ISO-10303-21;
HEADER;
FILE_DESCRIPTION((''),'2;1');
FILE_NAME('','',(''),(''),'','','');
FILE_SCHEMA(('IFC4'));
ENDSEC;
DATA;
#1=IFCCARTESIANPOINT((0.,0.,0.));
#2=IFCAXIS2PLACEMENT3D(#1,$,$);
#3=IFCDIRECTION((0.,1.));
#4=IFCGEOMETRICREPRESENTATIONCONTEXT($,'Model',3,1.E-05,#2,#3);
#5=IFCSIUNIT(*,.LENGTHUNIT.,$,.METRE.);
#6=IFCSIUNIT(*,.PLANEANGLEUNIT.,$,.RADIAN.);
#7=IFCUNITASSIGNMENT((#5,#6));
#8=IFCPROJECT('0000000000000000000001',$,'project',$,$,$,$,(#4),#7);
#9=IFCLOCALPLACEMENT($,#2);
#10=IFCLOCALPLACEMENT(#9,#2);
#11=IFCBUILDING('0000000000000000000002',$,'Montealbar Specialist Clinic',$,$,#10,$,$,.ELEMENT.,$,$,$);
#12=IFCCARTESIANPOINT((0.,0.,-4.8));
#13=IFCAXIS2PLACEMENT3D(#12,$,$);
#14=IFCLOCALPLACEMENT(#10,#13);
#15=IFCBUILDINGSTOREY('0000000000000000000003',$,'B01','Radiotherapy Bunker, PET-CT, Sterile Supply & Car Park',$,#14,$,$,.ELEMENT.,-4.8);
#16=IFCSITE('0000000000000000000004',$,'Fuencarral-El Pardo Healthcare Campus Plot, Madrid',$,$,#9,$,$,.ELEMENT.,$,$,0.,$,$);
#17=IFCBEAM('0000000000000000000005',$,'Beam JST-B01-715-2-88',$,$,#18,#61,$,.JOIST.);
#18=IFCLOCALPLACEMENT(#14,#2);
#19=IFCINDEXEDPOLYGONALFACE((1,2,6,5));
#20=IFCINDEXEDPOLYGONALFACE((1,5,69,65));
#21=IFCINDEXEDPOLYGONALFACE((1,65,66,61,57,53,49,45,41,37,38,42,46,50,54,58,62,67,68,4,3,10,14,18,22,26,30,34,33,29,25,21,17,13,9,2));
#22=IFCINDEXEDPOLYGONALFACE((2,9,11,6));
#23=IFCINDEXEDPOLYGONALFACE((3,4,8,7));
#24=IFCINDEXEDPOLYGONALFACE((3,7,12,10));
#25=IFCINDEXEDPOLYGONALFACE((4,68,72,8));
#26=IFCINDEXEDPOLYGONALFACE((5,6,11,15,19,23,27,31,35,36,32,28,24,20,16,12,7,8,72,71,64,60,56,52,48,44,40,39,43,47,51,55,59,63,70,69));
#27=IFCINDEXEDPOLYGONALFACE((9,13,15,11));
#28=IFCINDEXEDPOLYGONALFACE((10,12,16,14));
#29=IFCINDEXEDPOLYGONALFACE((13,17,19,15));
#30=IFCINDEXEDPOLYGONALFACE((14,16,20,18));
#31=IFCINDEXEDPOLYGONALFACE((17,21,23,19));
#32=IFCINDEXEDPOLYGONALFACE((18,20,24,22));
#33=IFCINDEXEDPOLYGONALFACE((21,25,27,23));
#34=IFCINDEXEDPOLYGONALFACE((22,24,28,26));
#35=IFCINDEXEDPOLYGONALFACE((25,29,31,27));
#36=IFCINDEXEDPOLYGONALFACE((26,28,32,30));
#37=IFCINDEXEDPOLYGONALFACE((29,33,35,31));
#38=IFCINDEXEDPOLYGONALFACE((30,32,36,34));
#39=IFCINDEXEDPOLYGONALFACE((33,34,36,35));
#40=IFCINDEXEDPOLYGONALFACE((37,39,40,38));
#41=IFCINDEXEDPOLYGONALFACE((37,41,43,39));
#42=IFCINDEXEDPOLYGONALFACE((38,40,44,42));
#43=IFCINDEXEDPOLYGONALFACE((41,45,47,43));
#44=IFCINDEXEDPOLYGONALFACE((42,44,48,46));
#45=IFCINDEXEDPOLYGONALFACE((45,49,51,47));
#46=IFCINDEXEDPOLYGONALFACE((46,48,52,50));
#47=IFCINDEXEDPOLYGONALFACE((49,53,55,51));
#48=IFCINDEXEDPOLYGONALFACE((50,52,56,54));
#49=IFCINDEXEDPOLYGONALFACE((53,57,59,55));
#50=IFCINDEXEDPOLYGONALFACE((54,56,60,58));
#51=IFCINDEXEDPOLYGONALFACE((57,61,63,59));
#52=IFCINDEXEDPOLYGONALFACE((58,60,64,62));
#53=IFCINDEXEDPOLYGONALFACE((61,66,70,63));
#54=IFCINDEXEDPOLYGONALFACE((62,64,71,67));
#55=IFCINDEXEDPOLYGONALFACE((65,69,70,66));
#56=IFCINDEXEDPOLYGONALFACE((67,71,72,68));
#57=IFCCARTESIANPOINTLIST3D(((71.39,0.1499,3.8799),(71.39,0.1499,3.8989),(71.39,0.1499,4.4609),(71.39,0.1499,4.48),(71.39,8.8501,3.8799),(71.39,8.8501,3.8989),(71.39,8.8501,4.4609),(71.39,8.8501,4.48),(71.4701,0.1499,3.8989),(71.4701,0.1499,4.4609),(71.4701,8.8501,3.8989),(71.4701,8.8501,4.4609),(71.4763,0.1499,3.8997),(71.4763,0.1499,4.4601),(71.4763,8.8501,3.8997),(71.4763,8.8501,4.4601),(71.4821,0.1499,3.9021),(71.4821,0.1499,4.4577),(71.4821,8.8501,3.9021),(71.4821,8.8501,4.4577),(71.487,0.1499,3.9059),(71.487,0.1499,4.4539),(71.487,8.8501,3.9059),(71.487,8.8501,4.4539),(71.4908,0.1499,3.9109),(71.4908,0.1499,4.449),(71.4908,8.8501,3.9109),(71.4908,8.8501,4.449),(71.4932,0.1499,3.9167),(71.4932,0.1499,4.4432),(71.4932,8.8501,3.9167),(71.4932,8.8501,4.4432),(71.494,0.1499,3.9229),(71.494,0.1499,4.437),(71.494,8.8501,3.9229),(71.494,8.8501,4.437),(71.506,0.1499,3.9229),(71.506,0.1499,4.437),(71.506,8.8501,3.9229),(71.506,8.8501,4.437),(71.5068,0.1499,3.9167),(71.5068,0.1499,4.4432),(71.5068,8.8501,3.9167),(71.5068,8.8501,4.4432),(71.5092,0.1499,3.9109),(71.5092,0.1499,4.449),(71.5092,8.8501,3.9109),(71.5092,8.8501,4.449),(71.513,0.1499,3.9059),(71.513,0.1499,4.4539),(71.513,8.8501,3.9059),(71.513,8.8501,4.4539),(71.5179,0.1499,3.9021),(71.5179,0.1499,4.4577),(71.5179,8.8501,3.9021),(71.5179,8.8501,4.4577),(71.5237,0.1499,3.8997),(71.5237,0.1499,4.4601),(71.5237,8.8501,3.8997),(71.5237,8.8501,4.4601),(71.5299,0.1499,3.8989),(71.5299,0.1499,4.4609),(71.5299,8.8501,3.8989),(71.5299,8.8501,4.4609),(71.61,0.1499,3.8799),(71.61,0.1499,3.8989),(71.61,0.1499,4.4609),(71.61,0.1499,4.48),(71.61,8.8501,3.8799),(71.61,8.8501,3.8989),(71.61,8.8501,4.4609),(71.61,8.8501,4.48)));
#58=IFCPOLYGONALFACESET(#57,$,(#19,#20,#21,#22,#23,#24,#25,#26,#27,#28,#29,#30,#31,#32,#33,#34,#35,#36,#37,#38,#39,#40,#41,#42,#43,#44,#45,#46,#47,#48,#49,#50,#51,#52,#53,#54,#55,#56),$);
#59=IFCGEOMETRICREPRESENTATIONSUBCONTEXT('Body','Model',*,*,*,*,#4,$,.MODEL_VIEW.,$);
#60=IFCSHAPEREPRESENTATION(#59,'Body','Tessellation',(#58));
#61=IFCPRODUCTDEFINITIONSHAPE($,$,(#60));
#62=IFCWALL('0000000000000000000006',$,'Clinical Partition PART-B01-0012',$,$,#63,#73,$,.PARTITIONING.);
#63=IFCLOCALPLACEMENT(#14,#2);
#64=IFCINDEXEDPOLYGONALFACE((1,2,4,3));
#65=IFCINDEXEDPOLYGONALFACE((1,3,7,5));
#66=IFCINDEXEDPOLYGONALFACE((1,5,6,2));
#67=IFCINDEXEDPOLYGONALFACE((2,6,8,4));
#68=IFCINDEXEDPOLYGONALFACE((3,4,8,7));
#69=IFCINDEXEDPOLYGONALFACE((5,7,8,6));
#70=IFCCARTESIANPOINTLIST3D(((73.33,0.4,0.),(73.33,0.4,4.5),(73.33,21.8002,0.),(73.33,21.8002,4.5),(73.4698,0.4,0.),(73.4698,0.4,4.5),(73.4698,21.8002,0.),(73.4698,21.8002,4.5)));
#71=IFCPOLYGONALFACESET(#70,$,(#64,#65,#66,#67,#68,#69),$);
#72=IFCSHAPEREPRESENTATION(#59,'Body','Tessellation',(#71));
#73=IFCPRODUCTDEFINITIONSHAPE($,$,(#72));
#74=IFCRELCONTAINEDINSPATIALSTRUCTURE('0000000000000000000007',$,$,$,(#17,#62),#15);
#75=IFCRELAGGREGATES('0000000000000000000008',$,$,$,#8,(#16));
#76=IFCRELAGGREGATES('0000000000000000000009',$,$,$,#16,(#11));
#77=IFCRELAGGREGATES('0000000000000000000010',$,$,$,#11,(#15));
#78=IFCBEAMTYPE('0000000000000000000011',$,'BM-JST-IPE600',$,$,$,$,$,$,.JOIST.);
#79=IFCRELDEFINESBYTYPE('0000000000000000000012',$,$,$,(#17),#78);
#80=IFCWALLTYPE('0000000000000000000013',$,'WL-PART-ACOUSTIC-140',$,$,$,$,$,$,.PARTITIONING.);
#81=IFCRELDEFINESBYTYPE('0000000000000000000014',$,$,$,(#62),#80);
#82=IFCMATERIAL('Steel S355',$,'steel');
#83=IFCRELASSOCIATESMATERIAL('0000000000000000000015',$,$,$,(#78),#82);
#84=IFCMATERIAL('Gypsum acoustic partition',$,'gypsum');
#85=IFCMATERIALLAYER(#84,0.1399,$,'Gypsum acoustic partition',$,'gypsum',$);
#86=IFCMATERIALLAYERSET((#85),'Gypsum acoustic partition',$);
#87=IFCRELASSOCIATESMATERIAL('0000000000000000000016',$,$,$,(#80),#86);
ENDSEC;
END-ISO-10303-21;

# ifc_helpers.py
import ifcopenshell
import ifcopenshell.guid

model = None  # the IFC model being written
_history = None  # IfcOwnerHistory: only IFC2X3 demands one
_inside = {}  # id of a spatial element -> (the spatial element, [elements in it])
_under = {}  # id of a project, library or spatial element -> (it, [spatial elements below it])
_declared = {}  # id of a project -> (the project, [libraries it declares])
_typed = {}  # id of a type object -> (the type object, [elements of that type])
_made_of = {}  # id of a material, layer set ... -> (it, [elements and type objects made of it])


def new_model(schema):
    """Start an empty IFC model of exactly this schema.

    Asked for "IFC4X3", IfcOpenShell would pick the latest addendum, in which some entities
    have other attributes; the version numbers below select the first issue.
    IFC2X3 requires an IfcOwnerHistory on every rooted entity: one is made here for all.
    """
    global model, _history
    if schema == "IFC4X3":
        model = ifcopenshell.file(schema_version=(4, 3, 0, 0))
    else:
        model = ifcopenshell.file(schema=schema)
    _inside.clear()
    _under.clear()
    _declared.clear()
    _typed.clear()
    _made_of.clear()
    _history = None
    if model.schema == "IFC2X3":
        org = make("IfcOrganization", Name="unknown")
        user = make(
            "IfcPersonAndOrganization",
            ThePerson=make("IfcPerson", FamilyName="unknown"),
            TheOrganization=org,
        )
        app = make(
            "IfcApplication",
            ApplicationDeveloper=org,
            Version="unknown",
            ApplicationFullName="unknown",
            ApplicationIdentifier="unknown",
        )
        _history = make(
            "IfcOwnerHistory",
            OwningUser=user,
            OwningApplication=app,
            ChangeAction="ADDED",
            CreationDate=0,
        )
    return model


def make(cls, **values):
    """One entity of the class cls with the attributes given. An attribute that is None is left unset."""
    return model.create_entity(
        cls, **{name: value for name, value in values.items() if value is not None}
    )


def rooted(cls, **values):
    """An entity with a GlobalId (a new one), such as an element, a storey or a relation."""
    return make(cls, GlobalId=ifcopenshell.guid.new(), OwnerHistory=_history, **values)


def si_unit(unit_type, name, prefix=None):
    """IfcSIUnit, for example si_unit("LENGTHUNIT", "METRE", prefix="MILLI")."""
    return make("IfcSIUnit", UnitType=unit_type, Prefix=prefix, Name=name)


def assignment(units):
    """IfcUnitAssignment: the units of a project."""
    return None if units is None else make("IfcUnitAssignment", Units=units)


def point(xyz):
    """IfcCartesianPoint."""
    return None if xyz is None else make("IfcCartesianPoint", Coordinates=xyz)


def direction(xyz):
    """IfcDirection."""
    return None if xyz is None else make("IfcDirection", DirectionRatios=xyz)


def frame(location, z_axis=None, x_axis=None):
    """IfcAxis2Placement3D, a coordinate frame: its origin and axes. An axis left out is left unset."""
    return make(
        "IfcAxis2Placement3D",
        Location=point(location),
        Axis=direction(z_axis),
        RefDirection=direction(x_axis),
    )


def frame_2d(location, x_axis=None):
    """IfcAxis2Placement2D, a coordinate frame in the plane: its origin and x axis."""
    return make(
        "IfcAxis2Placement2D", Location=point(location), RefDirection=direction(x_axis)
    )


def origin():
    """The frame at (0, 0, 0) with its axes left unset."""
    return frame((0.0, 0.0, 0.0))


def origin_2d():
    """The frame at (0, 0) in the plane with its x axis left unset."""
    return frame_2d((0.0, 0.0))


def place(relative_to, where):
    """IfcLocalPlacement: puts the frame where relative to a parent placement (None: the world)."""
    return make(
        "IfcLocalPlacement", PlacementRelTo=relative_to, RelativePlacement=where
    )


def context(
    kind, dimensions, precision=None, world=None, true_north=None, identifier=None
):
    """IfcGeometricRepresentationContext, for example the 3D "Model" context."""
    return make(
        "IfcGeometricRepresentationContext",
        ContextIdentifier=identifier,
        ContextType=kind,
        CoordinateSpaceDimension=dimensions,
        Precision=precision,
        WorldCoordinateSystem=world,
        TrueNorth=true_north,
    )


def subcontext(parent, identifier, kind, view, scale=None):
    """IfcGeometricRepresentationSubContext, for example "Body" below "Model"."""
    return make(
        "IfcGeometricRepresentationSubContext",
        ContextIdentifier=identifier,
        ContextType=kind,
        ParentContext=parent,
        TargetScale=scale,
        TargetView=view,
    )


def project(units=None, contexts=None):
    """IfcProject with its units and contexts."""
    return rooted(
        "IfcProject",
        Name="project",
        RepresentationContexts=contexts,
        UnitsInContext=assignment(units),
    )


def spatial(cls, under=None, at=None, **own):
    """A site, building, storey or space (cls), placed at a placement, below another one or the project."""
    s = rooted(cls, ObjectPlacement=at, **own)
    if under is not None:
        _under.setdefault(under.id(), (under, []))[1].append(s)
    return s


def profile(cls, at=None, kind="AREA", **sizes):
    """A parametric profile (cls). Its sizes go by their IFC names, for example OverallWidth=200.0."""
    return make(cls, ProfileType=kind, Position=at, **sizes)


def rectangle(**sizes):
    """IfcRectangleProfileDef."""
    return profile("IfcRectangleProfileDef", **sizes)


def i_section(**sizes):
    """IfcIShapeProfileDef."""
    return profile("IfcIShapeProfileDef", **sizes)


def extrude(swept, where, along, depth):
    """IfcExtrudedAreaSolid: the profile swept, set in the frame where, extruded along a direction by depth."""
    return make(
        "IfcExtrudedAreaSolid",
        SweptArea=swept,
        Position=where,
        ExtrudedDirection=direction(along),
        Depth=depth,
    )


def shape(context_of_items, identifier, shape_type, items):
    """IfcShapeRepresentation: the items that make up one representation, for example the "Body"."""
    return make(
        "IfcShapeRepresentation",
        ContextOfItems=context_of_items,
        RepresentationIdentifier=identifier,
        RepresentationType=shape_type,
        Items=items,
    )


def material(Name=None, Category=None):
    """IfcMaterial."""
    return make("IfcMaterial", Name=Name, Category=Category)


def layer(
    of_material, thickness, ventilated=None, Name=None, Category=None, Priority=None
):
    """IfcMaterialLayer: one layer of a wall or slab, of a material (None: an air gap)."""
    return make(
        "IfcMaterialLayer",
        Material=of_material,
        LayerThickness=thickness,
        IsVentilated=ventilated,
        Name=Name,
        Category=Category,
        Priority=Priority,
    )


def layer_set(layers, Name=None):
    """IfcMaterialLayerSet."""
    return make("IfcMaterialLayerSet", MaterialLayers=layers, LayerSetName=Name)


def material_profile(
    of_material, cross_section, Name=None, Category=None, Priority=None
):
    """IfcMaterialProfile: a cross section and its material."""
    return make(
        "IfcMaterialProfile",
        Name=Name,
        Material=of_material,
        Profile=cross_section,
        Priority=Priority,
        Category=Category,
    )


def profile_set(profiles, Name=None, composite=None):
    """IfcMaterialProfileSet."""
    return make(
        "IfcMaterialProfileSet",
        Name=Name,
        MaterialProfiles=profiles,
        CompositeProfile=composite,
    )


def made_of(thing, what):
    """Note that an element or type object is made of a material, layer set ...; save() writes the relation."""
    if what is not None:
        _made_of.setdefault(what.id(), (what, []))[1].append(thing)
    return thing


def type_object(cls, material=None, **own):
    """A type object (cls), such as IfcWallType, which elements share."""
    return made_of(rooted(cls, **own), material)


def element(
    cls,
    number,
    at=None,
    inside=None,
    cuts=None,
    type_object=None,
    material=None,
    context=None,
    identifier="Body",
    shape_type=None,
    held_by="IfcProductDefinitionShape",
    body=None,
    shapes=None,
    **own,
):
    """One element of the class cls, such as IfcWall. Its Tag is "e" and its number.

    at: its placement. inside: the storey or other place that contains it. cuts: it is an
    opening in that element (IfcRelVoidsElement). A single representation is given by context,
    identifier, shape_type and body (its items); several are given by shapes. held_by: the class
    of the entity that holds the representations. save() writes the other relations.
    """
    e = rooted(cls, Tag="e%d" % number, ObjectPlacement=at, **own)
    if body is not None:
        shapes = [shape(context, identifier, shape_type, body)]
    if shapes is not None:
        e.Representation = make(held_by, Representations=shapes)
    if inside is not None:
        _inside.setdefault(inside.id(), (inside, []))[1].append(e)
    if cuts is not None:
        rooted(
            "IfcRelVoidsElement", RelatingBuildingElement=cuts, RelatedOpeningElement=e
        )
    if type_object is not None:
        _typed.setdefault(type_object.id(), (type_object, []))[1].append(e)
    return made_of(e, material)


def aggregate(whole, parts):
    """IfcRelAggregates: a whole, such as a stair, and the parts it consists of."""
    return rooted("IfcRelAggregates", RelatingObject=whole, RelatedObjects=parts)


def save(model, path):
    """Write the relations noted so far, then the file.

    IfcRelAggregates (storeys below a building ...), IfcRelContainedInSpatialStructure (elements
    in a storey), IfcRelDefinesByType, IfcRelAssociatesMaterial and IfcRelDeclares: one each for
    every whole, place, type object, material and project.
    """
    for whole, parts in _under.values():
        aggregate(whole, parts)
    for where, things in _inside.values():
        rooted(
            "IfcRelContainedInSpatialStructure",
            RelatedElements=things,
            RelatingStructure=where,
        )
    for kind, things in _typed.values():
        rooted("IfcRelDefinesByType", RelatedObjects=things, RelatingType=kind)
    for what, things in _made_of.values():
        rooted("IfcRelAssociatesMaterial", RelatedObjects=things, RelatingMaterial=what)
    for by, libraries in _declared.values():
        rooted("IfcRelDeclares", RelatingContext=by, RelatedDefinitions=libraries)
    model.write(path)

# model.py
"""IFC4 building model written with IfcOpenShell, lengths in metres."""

from ifc_helpers import new_model, si_unit, direction, frame, frame_2d, origin, origin_2d, place, context, subcontext, project, spatial, rectangle, i_section, extrude, material, layer, layer_set, material_profile, profile_set, type_object, element, save


model = new_model("IFC4")

# Units and contexts
model_context = context("Model", 3, precision=1e-05, world=origin(), true_north=direction((0.0, 1.0)))
body_context = subcontext(model_context, "Body", "Model", "MODEL_VIEW")
ifc_project = project(units=[si_unit("LENGTHUNIT", "METRE"), si_unit("PLANEANGLEUNIT", "RADIAN")], contexts=[model_context])

# Site, building, storey
site_placement = place(None, origin())
site = spatial("IfcSite", under=ifc_project, at=site_placement, Name="Fuencarral-El Pardo Healthcare Campus Plot, Madrid", CompositionType="ELEMENT", RefElevation=0.0)
building_placement = place(site_placement, origin())
building = spatial("IfcBuilding", under=site, at=building_placement, Name="Montealbar Specialist Clinic", CompositionType="ELEMENT")
storey_placement = place(building_placement, frame((0.0, 0.0, -4.8)))
storey = spatial("IfcBuildingStorey", under=building, at=storey_placement, Name="B01", Description="Radiotherapy Bunker, PET-CT, Sterile Supply & Car Park", CompositionType="ELEMENT", Elevation=-4.8)

# Shared definitions
ifc_material_1 = material(Name="Steel S355", Category="steel")

# Beam
ifc_material_profile_1 = material_profile(ifc_material_1, i_section(OverallWidth=0.22, OverallDepth=0.6001, WebThickness=0.012, FlangeThickness=0.019, FilletRadius=0.0239, at=origin_2d()), Name="IPE 600", Category="steel")
ifc_profile_set_1 = profile_set([ifc_material_profile_1], Name="Steel S355")
beam_type_1 = type_object("IfcBeamType", Name="BM-JST-IPE600", PredefinedType="JOIST", material=ifc_profile_set_1)
beam_1_placement = place(storey_placement, frame((71.5, 0.1499, 4.1799), z_axis=(0.0, 1.0, 0.0), x_axis=(-1.0, 0.0, 0.0)))
element("IfcBeam", 1, at=beam_1_placement, inside=storey, type_object=beam_type_1, Name="Beam JST-B01-715-2-88", PredefinedType="JOIST", context=body_context, shape_type="SweptSolid", body=[
    extrude(i_section(OverallWidth=0.22, OverallDepth=0.6001, WebThickness=0.012, FlangeThickness=0.019, FilletRadius=0.0239, at=origin_2d()), origin(), (0.0, 0.0, 1.0), 8.7002),
])

# Wall
ifc_material_2 = material(Name="Gypsum acoustic partition", Category="gypsum")
ifc_layer = layer(ifc_material_2, 0.1399, Name="Gypsum acoustic partition", Category="gypsum")
ifc_layer_set = layer_set([ifc_layer], Name="Gypsum acoustic partition")
wall_type = type_object("IfcWallType", Name="WL-PART-ACOUSTIC-140", PredefinedType="PARTITIONING", material=ifc_layer_set)
wall_placement = place(storey_placement, frame((73.3999, 0.3999, 0.0), z_axis=(0.0, 0.0, 1.0), x_axis=(0.0, 1.0, 0.0)))
element("IfcWall", 2, at=wall_placement, inside=storey, type_object=wall_type, Name="Clinical Partition PART-B01-0012", PredefinedType="PARTITIONING", context=body_context, shape_type="SweptSolid", body=[
    extrude(rectangle(XDim=21.4001, YDim=0.1399, at=frame_2d((10.7002, 0.0))), origin(), (0.0, 0.0, 1.0), 4.5),
])

save(model, "model.ifc")
